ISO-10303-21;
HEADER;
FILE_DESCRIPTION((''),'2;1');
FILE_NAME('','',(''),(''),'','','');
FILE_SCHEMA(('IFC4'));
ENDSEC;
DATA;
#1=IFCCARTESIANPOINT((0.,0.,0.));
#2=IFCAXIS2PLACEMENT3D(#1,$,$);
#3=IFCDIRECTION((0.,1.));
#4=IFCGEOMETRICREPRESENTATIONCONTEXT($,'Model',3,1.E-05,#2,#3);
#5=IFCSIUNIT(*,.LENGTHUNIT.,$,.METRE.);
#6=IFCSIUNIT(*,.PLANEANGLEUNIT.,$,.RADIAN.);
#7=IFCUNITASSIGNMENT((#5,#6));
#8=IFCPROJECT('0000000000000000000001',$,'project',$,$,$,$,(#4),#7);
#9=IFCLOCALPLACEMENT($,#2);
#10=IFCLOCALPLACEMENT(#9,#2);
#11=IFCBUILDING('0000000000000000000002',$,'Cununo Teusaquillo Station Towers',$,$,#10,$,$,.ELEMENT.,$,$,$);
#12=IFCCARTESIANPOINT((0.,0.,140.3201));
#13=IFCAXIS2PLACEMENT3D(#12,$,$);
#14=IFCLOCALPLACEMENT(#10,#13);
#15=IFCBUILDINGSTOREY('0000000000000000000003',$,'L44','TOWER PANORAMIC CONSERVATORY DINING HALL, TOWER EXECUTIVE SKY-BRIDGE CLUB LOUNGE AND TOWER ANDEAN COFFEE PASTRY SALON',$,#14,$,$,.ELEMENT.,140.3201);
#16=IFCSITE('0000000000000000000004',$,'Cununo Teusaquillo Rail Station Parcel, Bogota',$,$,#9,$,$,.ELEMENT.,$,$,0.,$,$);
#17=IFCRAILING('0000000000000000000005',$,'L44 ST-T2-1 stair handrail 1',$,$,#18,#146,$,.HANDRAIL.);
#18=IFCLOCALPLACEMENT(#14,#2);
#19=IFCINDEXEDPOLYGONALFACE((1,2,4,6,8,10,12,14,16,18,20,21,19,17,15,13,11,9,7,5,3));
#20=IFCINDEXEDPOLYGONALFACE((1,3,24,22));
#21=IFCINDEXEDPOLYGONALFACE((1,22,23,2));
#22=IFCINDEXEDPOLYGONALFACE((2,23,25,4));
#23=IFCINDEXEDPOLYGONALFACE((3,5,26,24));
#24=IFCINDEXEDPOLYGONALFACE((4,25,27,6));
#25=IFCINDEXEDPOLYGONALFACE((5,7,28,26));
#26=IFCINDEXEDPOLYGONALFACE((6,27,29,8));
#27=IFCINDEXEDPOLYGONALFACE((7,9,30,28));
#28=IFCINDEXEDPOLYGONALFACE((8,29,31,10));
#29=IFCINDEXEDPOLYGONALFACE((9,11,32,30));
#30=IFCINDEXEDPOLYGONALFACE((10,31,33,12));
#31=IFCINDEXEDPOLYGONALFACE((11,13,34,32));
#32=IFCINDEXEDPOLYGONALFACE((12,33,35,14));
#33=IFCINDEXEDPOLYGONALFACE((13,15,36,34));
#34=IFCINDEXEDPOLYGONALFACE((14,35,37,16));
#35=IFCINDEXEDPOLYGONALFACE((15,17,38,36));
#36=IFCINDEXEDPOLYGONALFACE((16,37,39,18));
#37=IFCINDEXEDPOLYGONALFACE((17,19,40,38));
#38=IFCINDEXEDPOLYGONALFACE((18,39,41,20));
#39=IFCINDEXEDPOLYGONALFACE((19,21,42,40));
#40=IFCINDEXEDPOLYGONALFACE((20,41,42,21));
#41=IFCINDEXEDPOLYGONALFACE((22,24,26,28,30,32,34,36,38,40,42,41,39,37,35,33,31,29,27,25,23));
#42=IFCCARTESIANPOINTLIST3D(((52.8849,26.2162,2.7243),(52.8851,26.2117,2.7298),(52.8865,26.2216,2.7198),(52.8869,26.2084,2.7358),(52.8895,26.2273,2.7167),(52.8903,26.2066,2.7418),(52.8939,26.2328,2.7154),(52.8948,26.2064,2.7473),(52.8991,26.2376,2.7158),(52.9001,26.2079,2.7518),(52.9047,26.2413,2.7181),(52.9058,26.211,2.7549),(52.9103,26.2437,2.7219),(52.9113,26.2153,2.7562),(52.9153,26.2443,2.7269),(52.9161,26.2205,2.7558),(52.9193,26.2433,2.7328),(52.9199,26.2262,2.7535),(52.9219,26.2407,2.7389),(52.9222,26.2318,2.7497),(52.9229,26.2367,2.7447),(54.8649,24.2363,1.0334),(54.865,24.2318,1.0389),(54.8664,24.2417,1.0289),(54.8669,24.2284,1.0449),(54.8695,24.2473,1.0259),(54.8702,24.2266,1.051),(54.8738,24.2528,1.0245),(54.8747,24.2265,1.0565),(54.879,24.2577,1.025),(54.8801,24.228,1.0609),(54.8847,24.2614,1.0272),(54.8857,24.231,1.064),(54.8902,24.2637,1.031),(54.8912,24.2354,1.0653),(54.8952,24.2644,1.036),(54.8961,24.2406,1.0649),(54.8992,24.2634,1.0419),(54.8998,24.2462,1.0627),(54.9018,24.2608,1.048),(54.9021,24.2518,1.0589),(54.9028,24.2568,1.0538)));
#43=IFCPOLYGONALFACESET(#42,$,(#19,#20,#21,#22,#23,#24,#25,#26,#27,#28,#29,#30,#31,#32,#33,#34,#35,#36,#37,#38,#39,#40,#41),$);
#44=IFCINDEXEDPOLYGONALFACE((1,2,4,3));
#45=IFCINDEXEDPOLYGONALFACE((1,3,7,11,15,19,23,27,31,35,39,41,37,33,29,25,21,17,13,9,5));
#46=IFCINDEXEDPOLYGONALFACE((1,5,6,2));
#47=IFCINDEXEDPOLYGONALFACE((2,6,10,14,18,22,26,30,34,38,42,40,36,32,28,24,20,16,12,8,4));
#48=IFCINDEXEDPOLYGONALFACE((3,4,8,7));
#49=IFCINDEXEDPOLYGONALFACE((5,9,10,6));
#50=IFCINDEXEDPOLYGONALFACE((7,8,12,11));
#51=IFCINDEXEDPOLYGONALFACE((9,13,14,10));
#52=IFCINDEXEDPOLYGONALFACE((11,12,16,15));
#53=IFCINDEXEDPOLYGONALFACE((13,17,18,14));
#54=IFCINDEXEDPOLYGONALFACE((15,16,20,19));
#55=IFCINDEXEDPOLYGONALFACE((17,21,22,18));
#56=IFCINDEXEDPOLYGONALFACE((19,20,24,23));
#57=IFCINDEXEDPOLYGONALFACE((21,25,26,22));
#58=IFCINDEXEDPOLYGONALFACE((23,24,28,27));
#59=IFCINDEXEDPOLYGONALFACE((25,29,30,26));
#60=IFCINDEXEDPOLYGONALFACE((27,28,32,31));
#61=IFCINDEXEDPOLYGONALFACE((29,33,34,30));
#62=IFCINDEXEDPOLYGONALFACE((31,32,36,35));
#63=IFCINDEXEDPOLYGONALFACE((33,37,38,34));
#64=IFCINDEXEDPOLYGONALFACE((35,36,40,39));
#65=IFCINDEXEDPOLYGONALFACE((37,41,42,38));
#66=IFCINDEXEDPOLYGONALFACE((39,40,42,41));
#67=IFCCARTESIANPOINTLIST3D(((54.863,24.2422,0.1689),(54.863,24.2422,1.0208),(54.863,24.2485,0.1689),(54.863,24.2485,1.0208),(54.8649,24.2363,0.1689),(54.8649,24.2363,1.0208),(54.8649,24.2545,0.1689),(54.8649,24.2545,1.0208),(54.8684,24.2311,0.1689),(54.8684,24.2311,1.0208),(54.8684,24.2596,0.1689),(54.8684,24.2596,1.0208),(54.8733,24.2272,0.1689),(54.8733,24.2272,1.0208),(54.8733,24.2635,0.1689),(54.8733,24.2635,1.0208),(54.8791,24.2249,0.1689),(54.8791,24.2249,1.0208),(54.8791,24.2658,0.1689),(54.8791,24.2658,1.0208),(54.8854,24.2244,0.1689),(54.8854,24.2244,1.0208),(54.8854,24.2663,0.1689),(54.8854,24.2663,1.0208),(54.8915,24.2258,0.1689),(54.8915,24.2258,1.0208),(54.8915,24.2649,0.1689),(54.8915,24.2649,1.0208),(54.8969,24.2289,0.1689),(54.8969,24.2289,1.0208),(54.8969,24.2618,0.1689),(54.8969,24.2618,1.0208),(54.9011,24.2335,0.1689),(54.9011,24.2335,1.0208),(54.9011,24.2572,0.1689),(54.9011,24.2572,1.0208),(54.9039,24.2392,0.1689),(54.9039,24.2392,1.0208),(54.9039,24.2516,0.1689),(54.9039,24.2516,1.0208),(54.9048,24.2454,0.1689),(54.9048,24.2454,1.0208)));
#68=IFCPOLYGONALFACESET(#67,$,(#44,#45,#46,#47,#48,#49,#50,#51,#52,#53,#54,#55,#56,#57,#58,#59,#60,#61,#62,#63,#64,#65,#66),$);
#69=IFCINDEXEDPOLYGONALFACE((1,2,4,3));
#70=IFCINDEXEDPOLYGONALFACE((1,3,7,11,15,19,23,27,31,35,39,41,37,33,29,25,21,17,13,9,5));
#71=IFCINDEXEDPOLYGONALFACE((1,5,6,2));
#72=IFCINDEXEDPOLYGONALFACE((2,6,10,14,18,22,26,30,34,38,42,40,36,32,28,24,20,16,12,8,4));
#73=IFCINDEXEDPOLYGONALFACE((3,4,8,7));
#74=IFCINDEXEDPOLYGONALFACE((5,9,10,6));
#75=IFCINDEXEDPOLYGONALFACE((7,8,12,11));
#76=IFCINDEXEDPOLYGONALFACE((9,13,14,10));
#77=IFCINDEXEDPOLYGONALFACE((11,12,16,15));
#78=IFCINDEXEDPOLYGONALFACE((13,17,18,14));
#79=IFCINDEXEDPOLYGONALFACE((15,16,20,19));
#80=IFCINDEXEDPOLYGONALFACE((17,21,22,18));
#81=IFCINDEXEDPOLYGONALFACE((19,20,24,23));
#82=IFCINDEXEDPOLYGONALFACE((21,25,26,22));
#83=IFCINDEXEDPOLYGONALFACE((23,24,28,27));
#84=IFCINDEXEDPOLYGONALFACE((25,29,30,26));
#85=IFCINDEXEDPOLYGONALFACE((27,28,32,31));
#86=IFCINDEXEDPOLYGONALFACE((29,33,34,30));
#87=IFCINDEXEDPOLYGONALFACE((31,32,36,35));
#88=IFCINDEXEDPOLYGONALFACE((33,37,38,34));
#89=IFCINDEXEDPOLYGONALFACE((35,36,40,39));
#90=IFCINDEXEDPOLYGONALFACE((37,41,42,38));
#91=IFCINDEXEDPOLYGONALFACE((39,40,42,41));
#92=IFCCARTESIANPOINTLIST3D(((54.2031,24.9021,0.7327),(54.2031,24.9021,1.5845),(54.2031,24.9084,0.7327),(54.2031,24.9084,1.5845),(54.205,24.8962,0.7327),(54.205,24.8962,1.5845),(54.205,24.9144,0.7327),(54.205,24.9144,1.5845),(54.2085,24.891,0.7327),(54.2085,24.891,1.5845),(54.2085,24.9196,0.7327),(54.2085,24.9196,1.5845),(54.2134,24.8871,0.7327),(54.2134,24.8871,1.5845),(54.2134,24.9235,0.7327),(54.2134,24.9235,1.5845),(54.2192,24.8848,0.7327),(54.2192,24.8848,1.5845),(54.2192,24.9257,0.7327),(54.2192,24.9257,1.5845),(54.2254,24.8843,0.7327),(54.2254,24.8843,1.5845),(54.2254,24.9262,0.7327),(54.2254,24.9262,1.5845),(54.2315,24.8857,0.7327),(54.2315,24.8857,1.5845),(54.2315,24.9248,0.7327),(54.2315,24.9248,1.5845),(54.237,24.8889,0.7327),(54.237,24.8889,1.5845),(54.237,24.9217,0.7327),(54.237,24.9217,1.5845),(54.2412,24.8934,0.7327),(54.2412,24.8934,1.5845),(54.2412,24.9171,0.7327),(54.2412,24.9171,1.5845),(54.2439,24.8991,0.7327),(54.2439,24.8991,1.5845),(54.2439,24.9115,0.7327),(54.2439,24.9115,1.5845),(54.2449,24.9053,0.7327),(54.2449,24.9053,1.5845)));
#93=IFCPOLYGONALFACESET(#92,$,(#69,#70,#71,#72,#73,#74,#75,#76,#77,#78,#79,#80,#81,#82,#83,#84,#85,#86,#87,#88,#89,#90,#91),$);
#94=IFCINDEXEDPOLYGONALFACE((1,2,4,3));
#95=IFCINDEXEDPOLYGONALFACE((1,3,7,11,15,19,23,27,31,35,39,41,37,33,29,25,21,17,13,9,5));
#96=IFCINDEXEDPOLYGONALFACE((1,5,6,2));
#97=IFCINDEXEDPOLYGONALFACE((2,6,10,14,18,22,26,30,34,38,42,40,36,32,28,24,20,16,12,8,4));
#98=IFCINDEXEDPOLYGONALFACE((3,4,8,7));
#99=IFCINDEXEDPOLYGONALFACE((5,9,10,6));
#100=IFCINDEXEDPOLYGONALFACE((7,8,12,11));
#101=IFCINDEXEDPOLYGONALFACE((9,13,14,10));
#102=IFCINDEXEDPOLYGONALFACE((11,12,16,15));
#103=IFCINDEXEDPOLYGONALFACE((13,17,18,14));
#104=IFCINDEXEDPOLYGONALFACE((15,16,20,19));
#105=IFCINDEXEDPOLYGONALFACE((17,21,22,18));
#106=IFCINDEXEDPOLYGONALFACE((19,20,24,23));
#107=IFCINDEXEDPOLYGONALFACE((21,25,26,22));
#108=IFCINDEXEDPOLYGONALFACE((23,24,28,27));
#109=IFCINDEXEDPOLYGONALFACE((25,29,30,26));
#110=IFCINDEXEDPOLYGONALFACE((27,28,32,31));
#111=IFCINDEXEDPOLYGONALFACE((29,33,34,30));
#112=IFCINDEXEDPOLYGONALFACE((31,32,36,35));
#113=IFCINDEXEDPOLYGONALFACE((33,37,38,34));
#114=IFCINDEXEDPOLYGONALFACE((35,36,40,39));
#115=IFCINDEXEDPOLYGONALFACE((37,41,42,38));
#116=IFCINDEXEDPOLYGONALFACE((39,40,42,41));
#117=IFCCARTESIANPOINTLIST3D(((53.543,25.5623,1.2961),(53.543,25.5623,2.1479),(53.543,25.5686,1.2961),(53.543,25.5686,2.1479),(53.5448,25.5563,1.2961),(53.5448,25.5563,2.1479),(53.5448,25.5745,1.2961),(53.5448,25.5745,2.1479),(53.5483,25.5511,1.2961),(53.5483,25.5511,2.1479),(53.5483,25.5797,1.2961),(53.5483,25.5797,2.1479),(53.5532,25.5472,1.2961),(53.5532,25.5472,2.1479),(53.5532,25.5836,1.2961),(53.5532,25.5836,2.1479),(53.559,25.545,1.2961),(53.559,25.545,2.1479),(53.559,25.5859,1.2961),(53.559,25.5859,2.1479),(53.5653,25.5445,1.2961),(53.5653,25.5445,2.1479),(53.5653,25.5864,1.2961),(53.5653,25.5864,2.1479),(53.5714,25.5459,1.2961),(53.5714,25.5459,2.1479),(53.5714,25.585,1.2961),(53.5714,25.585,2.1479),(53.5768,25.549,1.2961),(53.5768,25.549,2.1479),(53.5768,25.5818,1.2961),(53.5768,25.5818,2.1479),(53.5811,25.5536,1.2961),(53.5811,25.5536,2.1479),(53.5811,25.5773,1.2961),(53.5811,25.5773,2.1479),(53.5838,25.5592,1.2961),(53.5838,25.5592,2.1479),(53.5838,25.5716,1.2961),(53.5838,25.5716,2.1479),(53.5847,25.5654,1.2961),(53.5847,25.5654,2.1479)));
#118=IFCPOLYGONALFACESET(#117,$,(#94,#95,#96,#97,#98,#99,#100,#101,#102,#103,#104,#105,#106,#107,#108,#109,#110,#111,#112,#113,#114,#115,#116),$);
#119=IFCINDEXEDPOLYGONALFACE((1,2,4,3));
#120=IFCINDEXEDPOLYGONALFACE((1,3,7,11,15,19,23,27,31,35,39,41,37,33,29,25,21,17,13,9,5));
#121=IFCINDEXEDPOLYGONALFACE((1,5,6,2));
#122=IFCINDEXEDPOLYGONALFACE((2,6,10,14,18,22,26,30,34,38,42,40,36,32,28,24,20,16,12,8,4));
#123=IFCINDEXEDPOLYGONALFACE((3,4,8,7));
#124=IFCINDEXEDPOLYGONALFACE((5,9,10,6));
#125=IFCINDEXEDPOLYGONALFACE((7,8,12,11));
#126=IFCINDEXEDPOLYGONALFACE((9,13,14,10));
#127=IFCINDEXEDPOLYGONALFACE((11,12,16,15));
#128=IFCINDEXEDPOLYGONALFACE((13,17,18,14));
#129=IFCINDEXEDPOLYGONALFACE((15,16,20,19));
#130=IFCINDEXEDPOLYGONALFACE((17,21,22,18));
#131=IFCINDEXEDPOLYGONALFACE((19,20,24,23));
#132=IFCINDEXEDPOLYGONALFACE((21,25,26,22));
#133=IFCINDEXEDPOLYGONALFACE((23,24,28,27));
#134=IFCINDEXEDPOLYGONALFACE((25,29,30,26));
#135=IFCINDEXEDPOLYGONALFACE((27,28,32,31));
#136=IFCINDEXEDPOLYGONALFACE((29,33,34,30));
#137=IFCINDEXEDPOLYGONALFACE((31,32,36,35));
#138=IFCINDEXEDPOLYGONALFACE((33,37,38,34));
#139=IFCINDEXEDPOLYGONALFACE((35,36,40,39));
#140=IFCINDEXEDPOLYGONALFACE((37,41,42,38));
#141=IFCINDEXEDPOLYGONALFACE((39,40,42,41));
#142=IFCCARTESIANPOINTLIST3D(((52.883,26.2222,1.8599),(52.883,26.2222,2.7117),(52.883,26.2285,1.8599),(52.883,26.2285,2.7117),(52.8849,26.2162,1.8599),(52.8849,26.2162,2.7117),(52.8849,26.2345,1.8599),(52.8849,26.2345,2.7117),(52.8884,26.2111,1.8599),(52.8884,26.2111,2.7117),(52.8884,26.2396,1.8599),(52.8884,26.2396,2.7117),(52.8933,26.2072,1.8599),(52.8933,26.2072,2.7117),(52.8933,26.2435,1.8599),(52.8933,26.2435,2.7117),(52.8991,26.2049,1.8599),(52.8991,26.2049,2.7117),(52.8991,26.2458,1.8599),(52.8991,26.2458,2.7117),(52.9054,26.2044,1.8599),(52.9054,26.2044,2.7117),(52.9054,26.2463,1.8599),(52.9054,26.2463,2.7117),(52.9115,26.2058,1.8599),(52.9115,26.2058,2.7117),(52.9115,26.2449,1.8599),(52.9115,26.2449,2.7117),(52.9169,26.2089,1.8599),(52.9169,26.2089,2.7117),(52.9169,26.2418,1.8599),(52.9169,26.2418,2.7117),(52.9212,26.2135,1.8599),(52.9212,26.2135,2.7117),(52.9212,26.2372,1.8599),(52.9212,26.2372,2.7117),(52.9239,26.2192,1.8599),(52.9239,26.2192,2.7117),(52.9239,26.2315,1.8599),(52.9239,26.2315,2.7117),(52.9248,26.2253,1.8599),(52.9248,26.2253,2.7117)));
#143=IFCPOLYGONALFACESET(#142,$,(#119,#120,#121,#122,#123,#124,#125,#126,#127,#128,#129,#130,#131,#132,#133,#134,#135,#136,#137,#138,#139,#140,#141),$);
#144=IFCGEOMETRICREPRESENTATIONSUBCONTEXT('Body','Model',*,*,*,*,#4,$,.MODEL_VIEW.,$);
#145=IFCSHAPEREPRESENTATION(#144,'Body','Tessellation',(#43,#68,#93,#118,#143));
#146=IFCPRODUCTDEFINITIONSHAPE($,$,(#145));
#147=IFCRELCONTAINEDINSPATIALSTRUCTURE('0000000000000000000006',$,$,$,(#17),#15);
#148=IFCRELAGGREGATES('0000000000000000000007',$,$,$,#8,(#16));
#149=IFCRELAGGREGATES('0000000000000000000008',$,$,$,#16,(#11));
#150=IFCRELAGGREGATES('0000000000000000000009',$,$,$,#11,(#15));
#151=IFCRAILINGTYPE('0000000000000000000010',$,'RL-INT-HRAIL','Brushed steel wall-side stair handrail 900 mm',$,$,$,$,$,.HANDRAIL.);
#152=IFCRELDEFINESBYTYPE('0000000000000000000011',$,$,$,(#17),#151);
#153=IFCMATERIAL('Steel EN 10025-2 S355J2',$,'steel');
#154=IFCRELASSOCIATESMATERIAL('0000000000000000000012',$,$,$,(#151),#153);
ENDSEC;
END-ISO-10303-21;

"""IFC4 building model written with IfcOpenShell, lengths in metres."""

from ifc_helpers import new_model, si_unit, direction, frame, origin, origin_2d, place, context, subcontext, project, spatial, circle, extrude, material, type_object, element, save


model = new_model("IFC4")

# Units and contexts
model_context = context("Model", 3, precision=1e-05, world=origin(), true_north=direction((0.0, 1.0)))
body_context = subcontext(model_context, "Body", "Model", "MODEL_VIEW")
ifc_project = project(units=[si_unit("LENGTHUNIT", "METRE"), si_unit("PLANEANGLEUNIT", "RADIAN")], contexts=[model_context])

# Site, building, storey
site_placement = place(None, origin())
site = spatial("IfcSite", under=ifc_project, at=site_placement, Name="Cununo Teusaquillo Rail Station Parcel, Bogota", CompositionType="ELEMENT", RefElevation=0.0)
building_placement = place(site_placement, origin())
building = spatial("IfcBuilding", under=site, at=building_placement, Name="Cununo Teusaquillo Station Towers", CompositionType="ELEMENT")
storey_placement = place(building_placement, frame((0.0, 0.0, 140.3201)))
storey = spatial("IfcBuildingStorey", under=building, at=storey_placement, Name="L44", Description="TOWER PANORAMIC CONSERVATORY DINING HALL, TOWER EXECUTIVE SKY-BRIDGE CLUB LOUNGE AND TOWER ANDEAN COFFEE PASTRY SALON", CompositionType="ELEMENT", Elevation=140.3201)

# Railing
ifc_material_1 = material(Name="Steel EN 10025-2 S355J2", Category="steel")
railing_type_1 = type_object("IfcRailingType", Name="RL-INT-HRAIL", Description="Brushed steel wall-side stair handrail 900 mm", PredefinedType="HANDRAIL", material=ifc_material_1)
railing_1_placement = place(storey_placement, frame((54.8838, 24.2454, 0.1689)))
element("IfcRailing", 1, at=railing_1_placement, inside=storey, type_object=railing_type_1, Name="L44 ST-T2-1 stair handrail 1", PredefinedType="HANDRAIL", context=body_context, shape_type="SweptSolid", body=[
    extrude(circle(Radius=0.0239, at=origin_2d()), frame((0.0, 0.0, 0.876), z_axis=(-0.605302, 0.605302, 0.516932), x_axis=(-0.707107, -0.707107, 0.0)), (0.0, 0.0, 1.0), 3.271),
    extrude(circle(Radius=0.021, at=origin_2d()), origin(), (0.0, 0.0, 1.0), 0.8518),
    extrude(circle(Radius=0.021, at=origin_2d()), frame((-0.6599, 0.6599, 0.5637)), (0.0, 0.0, 1.0), 0.8518),
    extrude(circle(Radius=0.021, at=origin_2d()), frame((-1.3201, 1.3201, 1.1272)), (0.0, 0.0, 1.0), 0.8518),
    extrude(circle(Radius=0.021, at=origin_2d()), frame((-1.98, 1.98, 1.6909)), (0.0, 0.0, 1.0), 0.8518),
])

save(model, "model.ifc")
